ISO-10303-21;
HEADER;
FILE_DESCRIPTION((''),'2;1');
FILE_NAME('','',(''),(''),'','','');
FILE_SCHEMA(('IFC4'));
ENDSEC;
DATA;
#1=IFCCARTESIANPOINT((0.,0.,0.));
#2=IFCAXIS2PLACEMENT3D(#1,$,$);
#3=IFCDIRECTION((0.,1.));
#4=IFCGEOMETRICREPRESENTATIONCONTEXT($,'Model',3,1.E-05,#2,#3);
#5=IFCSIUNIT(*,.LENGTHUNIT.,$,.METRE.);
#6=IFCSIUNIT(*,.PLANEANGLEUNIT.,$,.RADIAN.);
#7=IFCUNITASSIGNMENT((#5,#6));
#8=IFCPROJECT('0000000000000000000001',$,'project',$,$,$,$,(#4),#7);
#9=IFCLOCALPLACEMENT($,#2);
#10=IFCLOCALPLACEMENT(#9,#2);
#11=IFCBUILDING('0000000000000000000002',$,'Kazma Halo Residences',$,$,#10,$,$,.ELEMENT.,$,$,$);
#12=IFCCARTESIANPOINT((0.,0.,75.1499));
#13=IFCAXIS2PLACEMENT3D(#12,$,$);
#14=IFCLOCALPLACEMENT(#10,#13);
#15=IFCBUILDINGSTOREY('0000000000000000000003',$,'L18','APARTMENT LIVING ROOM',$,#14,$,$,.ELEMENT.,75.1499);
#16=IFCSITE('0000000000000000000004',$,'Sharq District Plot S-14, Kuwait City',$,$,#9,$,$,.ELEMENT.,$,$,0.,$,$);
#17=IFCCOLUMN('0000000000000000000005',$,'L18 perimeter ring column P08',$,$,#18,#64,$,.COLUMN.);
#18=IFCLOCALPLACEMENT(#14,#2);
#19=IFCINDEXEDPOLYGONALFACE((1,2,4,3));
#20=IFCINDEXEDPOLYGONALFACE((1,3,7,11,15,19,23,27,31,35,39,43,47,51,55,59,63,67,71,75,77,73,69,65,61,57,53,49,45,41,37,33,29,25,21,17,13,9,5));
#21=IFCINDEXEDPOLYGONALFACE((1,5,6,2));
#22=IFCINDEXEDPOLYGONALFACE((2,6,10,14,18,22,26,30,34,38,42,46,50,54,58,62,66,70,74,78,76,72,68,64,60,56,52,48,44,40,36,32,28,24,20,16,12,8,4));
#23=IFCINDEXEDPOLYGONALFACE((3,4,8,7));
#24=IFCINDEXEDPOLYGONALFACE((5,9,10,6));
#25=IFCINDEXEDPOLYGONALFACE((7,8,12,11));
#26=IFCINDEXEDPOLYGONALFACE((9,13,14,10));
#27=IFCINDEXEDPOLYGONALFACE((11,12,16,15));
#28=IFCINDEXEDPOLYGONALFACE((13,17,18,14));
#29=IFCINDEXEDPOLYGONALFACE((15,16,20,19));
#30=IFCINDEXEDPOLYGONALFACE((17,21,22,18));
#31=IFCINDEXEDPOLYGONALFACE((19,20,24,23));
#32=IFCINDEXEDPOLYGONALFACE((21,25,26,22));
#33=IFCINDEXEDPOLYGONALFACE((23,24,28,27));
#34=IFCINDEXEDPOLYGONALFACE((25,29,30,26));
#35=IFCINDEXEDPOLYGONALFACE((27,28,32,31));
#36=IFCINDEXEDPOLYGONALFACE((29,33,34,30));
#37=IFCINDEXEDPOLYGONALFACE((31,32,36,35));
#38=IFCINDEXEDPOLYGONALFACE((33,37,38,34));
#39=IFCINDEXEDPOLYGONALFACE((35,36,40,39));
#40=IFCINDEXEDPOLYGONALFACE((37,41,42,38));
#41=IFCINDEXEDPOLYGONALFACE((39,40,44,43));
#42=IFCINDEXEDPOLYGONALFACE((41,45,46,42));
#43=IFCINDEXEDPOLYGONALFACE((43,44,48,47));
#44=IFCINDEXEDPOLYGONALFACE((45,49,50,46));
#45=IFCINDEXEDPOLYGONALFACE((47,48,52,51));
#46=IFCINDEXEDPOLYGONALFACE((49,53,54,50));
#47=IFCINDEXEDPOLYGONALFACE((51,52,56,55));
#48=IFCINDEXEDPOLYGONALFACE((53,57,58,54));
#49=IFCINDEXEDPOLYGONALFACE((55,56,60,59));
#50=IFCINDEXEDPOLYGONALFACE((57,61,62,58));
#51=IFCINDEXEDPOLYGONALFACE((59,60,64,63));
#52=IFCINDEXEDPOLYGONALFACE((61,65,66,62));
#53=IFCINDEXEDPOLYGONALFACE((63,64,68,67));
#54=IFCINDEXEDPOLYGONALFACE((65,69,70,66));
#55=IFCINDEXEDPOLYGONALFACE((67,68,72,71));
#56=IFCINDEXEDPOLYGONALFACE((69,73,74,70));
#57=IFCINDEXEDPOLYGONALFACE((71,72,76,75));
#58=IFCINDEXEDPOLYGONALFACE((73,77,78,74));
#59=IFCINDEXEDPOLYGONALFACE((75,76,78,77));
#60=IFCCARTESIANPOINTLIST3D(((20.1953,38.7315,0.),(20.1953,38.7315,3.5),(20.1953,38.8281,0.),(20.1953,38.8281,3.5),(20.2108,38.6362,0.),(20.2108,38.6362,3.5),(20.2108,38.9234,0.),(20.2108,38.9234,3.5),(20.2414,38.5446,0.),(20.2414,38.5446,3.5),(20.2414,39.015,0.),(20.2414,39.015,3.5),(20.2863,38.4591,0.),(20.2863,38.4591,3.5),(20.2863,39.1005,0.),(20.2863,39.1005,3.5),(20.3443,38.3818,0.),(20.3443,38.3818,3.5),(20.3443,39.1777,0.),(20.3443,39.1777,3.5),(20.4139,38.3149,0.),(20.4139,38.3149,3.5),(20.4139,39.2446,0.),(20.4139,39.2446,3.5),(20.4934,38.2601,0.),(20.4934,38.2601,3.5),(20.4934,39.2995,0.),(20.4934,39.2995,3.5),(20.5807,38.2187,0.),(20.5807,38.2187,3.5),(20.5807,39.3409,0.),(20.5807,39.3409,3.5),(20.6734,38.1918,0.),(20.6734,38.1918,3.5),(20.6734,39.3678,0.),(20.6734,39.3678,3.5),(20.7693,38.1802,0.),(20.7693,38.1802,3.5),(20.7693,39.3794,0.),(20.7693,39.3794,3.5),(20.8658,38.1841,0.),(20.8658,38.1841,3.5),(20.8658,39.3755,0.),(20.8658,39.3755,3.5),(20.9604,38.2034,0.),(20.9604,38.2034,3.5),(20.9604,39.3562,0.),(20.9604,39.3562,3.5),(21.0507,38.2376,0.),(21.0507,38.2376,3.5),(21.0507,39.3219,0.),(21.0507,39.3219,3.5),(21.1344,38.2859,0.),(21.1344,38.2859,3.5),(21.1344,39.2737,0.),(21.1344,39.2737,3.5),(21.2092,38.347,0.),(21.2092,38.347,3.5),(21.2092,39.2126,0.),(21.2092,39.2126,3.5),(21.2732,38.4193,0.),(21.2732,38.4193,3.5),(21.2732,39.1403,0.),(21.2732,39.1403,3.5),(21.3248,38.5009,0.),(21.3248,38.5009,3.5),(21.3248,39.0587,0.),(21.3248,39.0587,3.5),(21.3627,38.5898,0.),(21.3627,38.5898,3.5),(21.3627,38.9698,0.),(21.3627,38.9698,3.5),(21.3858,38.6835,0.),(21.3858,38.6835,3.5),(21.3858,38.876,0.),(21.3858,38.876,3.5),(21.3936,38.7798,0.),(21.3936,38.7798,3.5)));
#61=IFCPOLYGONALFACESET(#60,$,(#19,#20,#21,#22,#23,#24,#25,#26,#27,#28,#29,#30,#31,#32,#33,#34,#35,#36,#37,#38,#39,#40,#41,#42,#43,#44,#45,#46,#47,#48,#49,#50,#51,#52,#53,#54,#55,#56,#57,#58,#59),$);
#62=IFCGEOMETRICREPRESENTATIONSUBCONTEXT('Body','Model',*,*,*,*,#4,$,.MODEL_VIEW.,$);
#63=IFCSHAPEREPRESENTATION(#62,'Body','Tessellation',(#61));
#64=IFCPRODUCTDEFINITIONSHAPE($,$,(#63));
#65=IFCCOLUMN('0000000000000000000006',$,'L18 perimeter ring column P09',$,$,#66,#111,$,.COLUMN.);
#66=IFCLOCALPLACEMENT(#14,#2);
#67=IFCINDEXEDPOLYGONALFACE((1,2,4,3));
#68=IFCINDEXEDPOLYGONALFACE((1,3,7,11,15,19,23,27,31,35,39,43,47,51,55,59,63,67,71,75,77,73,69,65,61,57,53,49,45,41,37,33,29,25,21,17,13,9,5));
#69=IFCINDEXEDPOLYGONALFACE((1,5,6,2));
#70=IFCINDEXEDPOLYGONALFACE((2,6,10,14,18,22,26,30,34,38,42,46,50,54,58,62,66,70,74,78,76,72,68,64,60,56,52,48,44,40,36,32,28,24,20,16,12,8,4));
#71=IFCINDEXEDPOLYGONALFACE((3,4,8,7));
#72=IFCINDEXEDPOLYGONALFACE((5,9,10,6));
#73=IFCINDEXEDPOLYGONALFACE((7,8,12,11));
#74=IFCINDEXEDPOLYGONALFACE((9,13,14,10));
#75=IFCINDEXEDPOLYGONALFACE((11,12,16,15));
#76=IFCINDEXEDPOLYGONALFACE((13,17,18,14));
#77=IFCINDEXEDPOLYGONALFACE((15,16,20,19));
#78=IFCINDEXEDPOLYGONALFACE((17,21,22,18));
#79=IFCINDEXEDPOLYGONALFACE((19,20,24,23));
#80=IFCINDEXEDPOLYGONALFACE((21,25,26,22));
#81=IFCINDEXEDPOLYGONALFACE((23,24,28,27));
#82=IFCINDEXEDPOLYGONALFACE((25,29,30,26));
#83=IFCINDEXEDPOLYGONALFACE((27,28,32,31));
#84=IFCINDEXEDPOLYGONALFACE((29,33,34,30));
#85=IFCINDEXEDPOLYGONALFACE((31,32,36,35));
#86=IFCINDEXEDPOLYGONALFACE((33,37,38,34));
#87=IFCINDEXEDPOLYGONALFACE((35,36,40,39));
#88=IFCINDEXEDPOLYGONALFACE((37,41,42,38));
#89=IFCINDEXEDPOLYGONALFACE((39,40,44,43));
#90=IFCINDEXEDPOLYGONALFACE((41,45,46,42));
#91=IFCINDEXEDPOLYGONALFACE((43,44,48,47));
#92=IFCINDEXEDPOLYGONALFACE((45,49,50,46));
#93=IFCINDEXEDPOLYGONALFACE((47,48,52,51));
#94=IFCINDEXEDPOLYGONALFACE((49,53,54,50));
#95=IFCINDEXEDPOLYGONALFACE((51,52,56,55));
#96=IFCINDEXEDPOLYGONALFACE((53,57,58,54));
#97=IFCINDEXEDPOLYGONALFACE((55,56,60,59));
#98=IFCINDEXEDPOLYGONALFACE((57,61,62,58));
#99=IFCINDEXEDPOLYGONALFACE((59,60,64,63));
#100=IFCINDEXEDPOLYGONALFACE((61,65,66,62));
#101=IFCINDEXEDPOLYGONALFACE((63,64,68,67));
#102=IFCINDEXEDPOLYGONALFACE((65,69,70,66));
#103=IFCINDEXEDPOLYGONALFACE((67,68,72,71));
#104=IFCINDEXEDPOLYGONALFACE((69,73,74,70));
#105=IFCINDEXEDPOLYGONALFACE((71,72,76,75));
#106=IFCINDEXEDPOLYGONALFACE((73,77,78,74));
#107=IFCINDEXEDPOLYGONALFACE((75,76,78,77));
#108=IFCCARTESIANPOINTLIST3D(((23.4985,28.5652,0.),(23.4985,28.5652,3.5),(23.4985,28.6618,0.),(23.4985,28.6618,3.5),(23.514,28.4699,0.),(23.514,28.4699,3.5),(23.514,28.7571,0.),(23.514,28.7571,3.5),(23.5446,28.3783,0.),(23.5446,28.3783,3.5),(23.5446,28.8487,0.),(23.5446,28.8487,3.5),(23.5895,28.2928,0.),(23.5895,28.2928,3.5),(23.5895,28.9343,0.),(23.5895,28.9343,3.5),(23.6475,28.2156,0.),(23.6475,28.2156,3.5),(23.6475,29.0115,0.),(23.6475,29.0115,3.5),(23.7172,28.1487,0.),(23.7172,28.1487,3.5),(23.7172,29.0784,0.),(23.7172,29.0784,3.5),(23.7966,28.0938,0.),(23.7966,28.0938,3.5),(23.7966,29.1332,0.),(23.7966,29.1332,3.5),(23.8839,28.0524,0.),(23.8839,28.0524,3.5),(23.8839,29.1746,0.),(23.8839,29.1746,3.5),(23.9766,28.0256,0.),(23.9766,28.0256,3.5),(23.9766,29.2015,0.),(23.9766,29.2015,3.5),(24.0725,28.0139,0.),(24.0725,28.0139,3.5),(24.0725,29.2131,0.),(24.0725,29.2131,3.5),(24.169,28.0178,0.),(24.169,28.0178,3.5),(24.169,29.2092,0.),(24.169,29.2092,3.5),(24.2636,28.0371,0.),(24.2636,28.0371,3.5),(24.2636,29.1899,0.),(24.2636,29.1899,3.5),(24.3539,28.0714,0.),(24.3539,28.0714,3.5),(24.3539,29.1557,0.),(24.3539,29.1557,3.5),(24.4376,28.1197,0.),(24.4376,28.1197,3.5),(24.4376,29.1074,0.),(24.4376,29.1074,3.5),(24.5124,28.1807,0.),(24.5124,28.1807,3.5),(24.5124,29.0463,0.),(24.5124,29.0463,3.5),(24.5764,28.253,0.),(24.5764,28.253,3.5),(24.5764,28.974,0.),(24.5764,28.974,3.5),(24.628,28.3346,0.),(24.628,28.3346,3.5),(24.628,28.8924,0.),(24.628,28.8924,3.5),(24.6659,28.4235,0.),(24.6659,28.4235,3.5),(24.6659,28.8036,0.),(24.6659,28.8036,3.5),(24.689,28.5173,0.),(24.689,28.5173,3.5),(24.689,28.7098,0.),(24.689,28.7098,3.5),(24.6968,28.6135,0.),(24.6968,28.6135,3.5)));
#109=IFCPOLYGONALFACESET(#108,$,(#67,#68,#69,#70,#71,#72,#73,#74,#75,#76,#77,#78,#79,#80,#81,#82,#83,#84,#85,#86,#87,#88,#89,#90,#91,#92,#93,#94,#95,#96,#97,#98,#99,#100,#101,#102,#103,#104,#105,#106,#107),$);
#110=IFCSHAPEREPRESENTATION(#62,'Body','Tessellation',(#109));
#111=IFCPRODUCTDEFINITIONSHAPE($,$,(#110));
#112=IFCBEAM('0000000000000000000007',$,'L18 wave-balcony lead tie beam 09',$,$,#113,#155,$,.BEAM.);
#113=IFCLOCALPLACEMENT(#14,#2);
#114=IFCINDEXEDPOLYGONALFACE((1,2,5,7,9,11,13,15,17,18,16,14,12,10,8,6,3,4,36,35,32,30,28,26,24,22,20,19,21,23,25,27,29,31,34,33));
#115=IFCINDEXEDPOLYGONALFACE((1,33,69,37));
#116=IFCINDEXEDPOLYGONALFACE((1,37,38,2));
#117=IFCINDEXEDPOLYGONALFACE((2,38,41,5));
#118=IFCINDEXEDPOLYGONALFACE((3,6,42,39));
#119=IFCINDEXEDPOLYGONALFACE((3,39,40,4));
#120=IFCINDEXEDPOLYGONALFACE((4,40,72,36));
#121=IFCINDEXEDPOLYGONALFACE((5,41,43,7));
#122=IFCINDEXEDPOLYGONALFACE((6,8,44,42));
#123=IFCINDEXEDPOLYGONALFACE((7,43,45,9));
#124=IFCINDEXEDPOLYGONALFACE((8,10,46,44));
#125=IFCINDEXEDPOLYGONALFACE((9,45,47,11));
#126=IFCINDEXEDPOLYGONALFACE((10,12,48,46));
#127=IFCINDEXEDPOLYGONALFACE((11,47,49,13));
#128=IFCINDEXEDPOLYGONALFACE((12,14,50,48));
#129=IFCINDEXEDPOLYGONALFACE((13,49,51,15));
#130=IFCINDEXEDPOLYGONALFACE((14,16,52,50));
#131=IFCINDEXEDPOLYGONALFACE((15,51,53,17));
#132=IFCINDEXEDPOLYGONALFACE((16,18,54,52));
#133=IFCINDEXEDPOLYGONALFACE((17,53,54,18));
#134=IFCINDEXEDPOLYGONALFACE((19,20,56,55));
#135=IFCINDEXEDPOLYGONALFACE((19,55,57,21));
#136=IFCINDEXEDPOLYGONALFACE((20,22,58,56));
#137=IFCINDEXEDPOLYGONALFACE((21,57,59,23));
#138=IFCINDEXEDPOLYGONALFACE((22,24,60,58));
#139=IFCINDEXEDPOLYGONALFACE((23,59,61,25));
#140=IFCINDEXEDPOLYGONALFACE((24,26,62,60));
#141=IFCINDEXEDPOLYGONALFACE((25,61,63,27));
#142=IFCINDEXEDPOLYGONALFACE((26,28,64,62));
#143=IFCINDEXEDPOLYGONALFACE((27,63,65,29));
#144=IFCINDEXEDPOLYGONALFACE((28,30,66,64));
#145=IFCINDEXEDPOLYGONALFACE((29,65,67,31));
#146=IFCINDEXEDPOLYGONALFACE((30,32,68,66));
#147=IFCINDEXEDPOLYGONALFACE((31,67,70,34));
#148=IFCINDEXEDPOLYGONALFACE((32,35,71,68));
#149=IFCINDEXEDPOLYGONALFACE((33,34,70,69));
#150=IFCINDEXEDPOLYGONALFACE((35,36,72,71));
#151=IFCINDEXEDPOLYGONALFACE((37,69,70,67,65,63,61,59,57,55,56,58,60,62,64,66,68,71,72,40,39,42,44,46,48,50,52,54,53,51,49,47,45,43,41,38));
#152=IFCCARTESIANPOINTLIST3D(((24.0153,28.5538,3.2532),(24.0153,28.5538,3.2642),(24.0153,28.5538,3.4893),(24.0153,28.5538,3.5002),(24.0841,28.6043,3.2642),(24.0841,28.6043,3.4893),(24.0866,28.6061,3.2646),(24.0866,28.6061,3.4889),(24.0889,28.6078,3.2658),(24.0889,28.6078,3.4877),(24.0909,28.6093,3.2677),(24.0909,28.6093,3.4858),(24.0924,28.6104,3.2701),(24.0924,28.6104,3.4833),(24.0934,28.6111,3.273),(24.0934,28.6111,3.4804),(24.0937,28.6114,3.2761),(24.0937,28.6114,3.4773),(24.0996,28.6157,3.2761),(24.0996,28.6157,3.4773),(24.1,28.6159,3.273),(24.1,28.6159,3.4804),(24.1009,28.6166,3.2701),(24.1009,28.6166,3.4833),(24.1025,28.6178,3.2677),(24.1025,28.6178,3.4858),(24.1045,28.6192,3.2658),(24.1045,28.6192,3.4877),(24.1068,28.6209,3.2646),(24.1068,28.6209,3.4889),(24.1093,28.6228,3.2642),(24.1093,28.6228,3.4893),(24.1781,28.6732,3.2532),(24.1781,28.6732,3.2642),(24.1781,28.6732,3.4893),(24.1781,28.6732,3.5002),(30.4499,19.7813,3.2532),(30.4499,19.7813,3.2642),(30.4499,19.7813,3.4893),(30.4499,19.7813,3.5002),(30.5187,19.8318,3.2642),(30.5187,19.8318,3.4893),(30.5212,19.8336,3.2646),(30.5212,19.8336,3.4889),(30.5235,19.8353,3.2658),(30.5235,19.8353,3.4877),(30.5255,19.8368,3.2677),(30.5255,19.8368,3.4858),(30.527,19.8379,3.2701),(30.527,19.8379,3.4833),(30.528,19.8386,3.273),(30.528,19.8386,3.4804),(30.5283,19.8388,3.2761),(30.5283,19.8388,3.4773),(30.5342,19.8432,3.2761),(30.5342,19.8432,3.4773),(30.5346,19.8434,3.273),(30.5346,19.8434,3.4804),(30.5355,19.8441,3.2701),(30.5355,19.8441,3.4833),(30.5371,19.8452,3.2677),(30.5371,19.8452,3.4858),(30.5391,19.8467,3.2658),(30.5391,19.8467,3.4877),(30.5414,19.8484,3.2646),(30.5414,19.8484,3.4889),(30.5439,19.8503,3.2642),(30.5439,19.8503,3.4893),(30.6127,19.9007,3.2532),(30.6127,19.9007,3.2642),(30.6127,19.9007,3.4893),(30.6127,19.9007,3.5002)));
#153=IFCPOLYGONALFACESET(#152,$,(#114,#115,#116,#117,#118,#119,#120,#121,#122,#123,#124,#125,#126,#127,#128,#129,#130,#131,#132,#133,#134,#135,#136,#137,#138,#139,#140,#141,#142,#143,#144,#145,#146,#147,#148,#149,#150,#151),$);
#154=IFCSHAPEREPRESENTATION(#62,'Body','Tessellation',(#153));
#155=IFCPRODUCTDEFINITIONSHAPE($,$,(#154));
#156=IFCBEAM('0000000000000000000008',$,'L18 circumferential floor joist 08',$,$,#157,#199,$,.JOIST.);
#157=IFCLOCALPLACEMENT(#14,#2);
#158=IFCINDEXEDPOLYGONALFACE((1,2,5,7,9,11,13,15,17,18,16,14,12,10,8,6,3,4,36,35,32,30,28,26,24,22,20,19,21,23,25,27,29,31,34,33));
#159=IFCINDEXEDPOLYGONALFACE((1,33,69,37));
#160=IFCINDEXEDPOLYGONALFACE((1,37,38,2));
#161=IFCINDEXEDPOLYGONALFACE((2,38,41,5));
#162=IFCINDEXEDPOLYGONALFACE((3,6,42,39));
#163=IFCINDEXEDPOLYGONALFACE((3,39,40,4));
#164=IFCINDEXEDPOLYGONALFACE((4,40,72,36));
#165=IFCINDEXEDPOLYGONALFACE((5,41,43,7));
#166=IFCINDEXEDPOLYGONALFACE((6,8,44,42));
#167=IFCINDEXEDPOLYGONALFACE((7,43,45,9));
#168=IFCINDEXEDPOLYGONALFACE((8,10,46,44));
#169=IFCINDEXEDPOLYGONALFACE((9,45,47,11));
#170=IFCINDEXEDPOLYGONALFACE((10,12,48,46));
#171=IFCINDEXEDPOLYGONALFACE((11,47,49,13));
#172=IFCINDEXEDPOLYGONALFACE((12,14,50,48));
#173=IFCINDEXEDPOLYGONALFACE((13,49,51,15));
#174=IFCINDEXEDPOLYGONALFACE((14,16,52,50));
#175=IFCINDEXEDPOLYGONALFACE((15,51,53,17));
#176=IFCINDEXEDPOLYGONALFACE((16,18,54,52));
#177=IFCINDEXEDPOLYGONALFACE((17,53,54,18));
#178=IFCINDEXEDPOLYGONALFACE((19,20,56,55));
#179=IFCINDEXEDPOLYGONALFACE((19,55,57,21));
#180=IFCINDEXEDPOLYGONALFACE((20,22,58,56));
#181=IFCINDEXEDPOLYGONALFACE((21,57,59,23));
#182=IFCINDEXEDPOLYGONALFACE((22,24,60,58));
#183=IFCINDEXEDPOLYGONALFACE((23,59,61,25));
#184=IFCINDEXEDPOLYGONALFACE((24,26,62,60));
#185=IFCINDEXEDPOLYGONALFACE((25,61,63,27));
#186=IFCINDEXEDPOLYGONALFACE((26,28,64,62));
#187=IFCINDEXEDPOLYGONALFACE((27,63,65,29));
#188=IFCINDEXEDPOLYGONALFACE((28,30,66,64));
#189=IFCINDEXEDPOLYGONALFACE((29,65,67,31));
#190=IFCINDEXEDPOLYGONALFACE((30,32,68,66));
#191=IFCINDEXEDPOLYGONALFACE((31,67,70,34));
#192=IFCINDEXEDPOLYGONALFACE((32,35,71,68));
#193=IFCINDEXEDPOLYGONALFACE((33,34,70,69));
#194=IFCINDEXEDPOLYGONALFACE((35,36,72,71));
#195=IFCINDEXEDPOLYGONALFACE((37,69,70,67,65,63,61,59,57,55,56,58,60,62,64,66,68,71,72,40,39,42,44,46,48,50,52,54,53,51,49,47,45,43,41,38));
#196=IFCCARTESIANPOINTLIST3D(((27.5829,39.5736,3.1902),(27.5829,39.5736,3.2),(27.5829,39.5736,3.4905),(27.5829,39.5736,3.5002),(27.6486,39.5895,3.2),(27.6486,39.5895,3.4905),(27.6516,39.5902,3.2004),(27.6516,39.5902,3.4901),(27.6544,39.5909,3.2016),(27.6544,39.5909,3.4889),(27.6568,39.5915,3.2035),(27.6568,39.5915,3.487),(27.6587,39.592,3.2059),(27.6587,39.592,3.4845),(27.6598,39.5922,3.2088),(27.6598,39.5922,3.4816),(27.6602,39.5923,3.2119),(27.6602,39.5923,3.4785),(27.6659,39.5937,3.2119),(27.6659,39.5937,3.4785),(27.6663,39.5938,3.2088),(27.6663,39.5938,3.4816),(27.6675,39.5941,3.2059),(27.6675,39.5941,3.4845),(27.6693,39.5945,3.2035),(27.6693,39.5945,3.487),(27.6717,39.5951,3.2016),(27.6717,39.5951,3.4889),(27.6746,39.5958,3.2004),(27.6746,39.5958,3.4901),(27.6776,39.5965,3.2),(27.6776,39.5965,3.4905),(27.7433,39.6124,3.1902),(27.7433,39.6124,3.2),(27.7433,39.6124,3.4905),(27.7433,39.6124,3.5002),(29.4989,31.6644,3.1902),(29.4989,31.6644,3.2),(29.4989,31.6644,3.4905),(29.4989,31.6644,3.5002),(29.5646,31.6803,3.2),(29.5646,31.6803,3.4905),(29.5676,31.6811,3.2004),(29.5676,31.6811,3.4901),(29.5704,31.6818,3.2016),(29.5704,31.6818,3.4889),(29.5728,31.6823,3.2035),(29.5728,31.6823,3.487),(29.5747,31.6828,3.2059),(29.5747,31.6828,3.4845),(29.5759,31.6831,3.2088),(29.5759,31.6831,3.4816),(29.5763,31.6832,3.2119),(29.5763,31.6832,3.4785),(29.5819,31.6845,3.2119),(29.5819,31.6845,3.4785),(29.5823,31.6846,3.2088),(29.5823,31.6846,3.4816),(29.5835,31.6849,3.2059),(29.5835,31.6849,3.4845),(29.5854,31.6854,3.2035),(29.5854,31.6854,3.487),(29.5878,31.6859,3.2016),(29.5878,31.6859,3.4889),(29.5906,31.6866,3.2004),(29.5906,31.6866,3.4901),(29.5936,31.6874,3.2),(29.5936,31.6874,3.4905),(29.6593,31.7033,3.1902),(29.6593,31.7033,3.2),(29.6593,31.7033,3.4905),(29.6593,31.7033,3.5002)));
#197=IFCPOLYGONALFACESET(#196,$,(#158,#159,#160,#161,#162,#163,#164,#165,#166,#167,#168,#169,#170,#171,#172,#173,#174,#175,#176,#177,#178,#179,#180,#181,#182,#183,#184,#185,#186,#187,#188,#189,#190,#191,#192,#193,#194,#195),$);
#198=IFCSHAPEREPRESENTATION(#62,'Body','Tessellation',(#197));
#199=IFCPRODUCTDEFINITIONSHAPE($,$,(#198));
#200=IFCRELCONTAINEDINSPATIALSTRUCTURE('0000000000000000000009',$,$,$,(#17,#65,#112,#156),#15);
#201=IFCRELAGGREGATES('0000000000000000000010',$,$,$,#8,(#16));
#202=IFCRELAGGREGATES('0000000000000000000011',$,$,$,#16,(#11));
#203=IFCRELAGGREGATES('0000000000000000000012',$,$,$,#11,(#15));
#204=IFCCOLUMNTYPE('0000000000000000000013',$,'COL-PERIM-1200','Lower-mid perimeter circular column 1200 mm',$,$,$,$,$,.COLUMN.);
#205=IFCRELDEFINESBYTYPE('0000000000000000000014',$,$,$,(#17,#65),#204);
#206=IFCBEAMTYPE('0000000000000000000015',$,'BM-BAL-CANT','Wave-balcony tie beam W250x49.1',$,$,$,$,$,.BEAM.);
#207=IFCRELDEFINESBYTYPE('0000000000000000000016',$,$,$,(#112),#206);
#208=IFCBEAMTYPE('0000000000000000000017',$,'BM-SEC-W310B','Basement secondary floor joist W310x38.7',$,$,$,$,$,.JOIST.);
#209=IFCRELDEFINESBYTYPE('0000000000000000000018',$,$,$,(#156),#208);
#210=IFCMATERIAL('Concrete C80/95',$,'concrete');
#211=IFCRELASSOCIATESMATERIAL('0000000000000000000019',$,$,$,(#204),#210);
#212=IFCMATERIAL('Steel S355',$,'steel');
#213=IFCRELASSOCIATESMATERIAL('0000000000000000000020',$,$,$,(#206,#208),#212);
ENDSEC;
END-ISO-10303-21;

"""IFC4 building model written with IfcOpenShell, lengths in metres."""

from ifc_helpers import new_model, si_unit, direction, frame, origin, origin_2d, place, context, subcontext, project, spatial, circle, i_section, extrude, material, material_profile, profile_set, type_object, element, save


model = new_model("IFC4")

# Units and contexts
model_context = context("Model", 3, precision=1e-05, world=origin(), true_north=direction((0.0, 1.0)))
body_context = subcontext(model_context, "Body", "Model", "MODEL_VIEW")
ifc_project = project(units=[si_unit("LENGTHUNIT", "METRE"), si_unit("PLANEANGLEUNIT", "RADIAN")], contexts=[model_context])

# Site, building, storey
site_placement = place(None, origin())
site = spatial("IfcSite", under=ifc_project, at=site_placement, Name="Sharq District Plot S-14, Kuwait City", CompositionType="ELEMENT", RefElevation=0.0)
building_placement = place(site_placement, origin())
building = spatial("IfcBuilding", under=site, at=building_placement, Name="Kazma Halo Residences", CompositionType="ELEMENT")
storey_placement = place(building_placement, frame((0.0, 0.0, 75.1499)))
storey = spatial("IfcBuildingStorey", under=building, at=storey_placement, Name="L18", Description="APARTMENT LIVING ROOM", CompositionType="ELEMENT", Elevation=75.1499)

# Columns
ifc_material_1 = material(Name="Concrete C80/95", Category="concrete")
ifc_material_profile_1 = material_profile(ifc_material_1, circle(Radius=0.6001, at=origin_2d()), Name="CIRC1200")
ifc_profile_set_1 = profile_set([ifc_material_profile_1], Name="Concrete C80/95")
column_type = type_object("IfcColumnType", Name="COL-PERIM-1200", Description="Lower-mid perimeter circular column 1200 mm", PredefinedType="COLUMN", material=ifc_profile_set_1)
for number, where, z_axis, x_axis, name in (
    (1, (20.7935, 38.7798, 0.0), (0.0, 0.0, 1.0), (1.0, 0.0, 0.0), "L18 perimeter ring column P08"),
    (2, (24.0967, 28.6135, 0.0), (0.0, 0.0, 1.0), (1.0, 0.0, 0.0), "L18 perimeter ring column P09"),
):
    element("IfcColumn", number, at=place(storey_placement, frame(where, z_axis=z_axis, x_axis=x_axis)), inside=storey, type_object=column_type, Name=name, PredefinedType="COLUMN", context=body_context, shape_type="SweptSolid", body=[
        extrude(circle(Radius=0.6001, at=origin_2d()), origin(), (0.0, 0.0, 1.0), 3.5),
    ])

# Beams
ifc_material_2 = material(Name="Steel S355", Category="steel")
ifc_material_profile_2 = material_profile(ifc_material_2, i_section(OverallWidth=0.2019, OverallDepth=0.2471, WebThickness=0.0073, FlangeThickness=0.011, FilletRadius=0.012, at=origin_2d()), Name="W250x49.1")
ifc_profile_set_2 = profile_set([ifc_material_profile_2], Name="Steel S355")
beam_type_1 = type_object("IfcBeamType", Name="BM-BAL-CANT", Description="Wave-balcony tie beam W250x49.1", PredefinedType="BEAM", material=ifc_profile_set_2)
beam_1_placement = place(storey_placement, frame((24.0967, 28.6135, 3.3767), z_axis=(0.591449, -0.806342, 0.0), x_axis=(0.806342, 0.591449, 0.0)))
element("IfcBeam", 3, at=beam_1_placement, inside=storey, type_object=beam_type_1, Name="L18 wave-balcony lead tie beam 09", PredefinedType="BEAM", context=body_context, shape_type="SweptSolid", body=[
    extrude(i_section(OverallWidth=0.2019, OverallDepth=0.2471, WebThickness=0.0073, FlangeThickness=0.011, FilletRadius=0.012, at=origin_2d()), origin(), (0.0, 0.0, 1.0), 10.8794),
])
ifc_material_profile_3 = material_profile(ifc_material_2, i_section(OverallWidth=0.165, OverallDepth=0.3101, WebThickness=0.0059, FlangeThickness=0.0098, FilletRadius=0.012, at=origin_2d()), Name="W310x38.7")
ifc_profile_set_3 = profile_set([ifc_material_profile_3], Name="Steel S355")
beam_type_2 = type_object("IfcBeamType", Name="BM-SEC-W310B", Description="Basement secondary floor joist W310x38.7", PredefinedType="JOIST", material=ifc_profile_set_3)
beam_2_placement = place(storey_placement, frame((27.6631, 39.593, 3.3452), z_axis=(0.235442, -0.971888, 0.0), x_axis=(0.971888, 0.235442, 0.0)))
element("IfcBeam", 4, at=beam_2_placement, inside=storey, type_object=beam_type_2, Name="L18 circumferential floor joist 08", PredefinedType="JOIST", context=body_context, shape_type="SweptSolid", body=[
    extrude(i_section(OverallWidth=0.165, OverallDepth=0.3101, WebThickness=0.0059, FlangeThickness=0.0098, FilletRadius=0.012, at=origin_2d()), origin(), (0.0, 0.0, 1.0), 8.1379),
])

save(model, "model.ifc")
